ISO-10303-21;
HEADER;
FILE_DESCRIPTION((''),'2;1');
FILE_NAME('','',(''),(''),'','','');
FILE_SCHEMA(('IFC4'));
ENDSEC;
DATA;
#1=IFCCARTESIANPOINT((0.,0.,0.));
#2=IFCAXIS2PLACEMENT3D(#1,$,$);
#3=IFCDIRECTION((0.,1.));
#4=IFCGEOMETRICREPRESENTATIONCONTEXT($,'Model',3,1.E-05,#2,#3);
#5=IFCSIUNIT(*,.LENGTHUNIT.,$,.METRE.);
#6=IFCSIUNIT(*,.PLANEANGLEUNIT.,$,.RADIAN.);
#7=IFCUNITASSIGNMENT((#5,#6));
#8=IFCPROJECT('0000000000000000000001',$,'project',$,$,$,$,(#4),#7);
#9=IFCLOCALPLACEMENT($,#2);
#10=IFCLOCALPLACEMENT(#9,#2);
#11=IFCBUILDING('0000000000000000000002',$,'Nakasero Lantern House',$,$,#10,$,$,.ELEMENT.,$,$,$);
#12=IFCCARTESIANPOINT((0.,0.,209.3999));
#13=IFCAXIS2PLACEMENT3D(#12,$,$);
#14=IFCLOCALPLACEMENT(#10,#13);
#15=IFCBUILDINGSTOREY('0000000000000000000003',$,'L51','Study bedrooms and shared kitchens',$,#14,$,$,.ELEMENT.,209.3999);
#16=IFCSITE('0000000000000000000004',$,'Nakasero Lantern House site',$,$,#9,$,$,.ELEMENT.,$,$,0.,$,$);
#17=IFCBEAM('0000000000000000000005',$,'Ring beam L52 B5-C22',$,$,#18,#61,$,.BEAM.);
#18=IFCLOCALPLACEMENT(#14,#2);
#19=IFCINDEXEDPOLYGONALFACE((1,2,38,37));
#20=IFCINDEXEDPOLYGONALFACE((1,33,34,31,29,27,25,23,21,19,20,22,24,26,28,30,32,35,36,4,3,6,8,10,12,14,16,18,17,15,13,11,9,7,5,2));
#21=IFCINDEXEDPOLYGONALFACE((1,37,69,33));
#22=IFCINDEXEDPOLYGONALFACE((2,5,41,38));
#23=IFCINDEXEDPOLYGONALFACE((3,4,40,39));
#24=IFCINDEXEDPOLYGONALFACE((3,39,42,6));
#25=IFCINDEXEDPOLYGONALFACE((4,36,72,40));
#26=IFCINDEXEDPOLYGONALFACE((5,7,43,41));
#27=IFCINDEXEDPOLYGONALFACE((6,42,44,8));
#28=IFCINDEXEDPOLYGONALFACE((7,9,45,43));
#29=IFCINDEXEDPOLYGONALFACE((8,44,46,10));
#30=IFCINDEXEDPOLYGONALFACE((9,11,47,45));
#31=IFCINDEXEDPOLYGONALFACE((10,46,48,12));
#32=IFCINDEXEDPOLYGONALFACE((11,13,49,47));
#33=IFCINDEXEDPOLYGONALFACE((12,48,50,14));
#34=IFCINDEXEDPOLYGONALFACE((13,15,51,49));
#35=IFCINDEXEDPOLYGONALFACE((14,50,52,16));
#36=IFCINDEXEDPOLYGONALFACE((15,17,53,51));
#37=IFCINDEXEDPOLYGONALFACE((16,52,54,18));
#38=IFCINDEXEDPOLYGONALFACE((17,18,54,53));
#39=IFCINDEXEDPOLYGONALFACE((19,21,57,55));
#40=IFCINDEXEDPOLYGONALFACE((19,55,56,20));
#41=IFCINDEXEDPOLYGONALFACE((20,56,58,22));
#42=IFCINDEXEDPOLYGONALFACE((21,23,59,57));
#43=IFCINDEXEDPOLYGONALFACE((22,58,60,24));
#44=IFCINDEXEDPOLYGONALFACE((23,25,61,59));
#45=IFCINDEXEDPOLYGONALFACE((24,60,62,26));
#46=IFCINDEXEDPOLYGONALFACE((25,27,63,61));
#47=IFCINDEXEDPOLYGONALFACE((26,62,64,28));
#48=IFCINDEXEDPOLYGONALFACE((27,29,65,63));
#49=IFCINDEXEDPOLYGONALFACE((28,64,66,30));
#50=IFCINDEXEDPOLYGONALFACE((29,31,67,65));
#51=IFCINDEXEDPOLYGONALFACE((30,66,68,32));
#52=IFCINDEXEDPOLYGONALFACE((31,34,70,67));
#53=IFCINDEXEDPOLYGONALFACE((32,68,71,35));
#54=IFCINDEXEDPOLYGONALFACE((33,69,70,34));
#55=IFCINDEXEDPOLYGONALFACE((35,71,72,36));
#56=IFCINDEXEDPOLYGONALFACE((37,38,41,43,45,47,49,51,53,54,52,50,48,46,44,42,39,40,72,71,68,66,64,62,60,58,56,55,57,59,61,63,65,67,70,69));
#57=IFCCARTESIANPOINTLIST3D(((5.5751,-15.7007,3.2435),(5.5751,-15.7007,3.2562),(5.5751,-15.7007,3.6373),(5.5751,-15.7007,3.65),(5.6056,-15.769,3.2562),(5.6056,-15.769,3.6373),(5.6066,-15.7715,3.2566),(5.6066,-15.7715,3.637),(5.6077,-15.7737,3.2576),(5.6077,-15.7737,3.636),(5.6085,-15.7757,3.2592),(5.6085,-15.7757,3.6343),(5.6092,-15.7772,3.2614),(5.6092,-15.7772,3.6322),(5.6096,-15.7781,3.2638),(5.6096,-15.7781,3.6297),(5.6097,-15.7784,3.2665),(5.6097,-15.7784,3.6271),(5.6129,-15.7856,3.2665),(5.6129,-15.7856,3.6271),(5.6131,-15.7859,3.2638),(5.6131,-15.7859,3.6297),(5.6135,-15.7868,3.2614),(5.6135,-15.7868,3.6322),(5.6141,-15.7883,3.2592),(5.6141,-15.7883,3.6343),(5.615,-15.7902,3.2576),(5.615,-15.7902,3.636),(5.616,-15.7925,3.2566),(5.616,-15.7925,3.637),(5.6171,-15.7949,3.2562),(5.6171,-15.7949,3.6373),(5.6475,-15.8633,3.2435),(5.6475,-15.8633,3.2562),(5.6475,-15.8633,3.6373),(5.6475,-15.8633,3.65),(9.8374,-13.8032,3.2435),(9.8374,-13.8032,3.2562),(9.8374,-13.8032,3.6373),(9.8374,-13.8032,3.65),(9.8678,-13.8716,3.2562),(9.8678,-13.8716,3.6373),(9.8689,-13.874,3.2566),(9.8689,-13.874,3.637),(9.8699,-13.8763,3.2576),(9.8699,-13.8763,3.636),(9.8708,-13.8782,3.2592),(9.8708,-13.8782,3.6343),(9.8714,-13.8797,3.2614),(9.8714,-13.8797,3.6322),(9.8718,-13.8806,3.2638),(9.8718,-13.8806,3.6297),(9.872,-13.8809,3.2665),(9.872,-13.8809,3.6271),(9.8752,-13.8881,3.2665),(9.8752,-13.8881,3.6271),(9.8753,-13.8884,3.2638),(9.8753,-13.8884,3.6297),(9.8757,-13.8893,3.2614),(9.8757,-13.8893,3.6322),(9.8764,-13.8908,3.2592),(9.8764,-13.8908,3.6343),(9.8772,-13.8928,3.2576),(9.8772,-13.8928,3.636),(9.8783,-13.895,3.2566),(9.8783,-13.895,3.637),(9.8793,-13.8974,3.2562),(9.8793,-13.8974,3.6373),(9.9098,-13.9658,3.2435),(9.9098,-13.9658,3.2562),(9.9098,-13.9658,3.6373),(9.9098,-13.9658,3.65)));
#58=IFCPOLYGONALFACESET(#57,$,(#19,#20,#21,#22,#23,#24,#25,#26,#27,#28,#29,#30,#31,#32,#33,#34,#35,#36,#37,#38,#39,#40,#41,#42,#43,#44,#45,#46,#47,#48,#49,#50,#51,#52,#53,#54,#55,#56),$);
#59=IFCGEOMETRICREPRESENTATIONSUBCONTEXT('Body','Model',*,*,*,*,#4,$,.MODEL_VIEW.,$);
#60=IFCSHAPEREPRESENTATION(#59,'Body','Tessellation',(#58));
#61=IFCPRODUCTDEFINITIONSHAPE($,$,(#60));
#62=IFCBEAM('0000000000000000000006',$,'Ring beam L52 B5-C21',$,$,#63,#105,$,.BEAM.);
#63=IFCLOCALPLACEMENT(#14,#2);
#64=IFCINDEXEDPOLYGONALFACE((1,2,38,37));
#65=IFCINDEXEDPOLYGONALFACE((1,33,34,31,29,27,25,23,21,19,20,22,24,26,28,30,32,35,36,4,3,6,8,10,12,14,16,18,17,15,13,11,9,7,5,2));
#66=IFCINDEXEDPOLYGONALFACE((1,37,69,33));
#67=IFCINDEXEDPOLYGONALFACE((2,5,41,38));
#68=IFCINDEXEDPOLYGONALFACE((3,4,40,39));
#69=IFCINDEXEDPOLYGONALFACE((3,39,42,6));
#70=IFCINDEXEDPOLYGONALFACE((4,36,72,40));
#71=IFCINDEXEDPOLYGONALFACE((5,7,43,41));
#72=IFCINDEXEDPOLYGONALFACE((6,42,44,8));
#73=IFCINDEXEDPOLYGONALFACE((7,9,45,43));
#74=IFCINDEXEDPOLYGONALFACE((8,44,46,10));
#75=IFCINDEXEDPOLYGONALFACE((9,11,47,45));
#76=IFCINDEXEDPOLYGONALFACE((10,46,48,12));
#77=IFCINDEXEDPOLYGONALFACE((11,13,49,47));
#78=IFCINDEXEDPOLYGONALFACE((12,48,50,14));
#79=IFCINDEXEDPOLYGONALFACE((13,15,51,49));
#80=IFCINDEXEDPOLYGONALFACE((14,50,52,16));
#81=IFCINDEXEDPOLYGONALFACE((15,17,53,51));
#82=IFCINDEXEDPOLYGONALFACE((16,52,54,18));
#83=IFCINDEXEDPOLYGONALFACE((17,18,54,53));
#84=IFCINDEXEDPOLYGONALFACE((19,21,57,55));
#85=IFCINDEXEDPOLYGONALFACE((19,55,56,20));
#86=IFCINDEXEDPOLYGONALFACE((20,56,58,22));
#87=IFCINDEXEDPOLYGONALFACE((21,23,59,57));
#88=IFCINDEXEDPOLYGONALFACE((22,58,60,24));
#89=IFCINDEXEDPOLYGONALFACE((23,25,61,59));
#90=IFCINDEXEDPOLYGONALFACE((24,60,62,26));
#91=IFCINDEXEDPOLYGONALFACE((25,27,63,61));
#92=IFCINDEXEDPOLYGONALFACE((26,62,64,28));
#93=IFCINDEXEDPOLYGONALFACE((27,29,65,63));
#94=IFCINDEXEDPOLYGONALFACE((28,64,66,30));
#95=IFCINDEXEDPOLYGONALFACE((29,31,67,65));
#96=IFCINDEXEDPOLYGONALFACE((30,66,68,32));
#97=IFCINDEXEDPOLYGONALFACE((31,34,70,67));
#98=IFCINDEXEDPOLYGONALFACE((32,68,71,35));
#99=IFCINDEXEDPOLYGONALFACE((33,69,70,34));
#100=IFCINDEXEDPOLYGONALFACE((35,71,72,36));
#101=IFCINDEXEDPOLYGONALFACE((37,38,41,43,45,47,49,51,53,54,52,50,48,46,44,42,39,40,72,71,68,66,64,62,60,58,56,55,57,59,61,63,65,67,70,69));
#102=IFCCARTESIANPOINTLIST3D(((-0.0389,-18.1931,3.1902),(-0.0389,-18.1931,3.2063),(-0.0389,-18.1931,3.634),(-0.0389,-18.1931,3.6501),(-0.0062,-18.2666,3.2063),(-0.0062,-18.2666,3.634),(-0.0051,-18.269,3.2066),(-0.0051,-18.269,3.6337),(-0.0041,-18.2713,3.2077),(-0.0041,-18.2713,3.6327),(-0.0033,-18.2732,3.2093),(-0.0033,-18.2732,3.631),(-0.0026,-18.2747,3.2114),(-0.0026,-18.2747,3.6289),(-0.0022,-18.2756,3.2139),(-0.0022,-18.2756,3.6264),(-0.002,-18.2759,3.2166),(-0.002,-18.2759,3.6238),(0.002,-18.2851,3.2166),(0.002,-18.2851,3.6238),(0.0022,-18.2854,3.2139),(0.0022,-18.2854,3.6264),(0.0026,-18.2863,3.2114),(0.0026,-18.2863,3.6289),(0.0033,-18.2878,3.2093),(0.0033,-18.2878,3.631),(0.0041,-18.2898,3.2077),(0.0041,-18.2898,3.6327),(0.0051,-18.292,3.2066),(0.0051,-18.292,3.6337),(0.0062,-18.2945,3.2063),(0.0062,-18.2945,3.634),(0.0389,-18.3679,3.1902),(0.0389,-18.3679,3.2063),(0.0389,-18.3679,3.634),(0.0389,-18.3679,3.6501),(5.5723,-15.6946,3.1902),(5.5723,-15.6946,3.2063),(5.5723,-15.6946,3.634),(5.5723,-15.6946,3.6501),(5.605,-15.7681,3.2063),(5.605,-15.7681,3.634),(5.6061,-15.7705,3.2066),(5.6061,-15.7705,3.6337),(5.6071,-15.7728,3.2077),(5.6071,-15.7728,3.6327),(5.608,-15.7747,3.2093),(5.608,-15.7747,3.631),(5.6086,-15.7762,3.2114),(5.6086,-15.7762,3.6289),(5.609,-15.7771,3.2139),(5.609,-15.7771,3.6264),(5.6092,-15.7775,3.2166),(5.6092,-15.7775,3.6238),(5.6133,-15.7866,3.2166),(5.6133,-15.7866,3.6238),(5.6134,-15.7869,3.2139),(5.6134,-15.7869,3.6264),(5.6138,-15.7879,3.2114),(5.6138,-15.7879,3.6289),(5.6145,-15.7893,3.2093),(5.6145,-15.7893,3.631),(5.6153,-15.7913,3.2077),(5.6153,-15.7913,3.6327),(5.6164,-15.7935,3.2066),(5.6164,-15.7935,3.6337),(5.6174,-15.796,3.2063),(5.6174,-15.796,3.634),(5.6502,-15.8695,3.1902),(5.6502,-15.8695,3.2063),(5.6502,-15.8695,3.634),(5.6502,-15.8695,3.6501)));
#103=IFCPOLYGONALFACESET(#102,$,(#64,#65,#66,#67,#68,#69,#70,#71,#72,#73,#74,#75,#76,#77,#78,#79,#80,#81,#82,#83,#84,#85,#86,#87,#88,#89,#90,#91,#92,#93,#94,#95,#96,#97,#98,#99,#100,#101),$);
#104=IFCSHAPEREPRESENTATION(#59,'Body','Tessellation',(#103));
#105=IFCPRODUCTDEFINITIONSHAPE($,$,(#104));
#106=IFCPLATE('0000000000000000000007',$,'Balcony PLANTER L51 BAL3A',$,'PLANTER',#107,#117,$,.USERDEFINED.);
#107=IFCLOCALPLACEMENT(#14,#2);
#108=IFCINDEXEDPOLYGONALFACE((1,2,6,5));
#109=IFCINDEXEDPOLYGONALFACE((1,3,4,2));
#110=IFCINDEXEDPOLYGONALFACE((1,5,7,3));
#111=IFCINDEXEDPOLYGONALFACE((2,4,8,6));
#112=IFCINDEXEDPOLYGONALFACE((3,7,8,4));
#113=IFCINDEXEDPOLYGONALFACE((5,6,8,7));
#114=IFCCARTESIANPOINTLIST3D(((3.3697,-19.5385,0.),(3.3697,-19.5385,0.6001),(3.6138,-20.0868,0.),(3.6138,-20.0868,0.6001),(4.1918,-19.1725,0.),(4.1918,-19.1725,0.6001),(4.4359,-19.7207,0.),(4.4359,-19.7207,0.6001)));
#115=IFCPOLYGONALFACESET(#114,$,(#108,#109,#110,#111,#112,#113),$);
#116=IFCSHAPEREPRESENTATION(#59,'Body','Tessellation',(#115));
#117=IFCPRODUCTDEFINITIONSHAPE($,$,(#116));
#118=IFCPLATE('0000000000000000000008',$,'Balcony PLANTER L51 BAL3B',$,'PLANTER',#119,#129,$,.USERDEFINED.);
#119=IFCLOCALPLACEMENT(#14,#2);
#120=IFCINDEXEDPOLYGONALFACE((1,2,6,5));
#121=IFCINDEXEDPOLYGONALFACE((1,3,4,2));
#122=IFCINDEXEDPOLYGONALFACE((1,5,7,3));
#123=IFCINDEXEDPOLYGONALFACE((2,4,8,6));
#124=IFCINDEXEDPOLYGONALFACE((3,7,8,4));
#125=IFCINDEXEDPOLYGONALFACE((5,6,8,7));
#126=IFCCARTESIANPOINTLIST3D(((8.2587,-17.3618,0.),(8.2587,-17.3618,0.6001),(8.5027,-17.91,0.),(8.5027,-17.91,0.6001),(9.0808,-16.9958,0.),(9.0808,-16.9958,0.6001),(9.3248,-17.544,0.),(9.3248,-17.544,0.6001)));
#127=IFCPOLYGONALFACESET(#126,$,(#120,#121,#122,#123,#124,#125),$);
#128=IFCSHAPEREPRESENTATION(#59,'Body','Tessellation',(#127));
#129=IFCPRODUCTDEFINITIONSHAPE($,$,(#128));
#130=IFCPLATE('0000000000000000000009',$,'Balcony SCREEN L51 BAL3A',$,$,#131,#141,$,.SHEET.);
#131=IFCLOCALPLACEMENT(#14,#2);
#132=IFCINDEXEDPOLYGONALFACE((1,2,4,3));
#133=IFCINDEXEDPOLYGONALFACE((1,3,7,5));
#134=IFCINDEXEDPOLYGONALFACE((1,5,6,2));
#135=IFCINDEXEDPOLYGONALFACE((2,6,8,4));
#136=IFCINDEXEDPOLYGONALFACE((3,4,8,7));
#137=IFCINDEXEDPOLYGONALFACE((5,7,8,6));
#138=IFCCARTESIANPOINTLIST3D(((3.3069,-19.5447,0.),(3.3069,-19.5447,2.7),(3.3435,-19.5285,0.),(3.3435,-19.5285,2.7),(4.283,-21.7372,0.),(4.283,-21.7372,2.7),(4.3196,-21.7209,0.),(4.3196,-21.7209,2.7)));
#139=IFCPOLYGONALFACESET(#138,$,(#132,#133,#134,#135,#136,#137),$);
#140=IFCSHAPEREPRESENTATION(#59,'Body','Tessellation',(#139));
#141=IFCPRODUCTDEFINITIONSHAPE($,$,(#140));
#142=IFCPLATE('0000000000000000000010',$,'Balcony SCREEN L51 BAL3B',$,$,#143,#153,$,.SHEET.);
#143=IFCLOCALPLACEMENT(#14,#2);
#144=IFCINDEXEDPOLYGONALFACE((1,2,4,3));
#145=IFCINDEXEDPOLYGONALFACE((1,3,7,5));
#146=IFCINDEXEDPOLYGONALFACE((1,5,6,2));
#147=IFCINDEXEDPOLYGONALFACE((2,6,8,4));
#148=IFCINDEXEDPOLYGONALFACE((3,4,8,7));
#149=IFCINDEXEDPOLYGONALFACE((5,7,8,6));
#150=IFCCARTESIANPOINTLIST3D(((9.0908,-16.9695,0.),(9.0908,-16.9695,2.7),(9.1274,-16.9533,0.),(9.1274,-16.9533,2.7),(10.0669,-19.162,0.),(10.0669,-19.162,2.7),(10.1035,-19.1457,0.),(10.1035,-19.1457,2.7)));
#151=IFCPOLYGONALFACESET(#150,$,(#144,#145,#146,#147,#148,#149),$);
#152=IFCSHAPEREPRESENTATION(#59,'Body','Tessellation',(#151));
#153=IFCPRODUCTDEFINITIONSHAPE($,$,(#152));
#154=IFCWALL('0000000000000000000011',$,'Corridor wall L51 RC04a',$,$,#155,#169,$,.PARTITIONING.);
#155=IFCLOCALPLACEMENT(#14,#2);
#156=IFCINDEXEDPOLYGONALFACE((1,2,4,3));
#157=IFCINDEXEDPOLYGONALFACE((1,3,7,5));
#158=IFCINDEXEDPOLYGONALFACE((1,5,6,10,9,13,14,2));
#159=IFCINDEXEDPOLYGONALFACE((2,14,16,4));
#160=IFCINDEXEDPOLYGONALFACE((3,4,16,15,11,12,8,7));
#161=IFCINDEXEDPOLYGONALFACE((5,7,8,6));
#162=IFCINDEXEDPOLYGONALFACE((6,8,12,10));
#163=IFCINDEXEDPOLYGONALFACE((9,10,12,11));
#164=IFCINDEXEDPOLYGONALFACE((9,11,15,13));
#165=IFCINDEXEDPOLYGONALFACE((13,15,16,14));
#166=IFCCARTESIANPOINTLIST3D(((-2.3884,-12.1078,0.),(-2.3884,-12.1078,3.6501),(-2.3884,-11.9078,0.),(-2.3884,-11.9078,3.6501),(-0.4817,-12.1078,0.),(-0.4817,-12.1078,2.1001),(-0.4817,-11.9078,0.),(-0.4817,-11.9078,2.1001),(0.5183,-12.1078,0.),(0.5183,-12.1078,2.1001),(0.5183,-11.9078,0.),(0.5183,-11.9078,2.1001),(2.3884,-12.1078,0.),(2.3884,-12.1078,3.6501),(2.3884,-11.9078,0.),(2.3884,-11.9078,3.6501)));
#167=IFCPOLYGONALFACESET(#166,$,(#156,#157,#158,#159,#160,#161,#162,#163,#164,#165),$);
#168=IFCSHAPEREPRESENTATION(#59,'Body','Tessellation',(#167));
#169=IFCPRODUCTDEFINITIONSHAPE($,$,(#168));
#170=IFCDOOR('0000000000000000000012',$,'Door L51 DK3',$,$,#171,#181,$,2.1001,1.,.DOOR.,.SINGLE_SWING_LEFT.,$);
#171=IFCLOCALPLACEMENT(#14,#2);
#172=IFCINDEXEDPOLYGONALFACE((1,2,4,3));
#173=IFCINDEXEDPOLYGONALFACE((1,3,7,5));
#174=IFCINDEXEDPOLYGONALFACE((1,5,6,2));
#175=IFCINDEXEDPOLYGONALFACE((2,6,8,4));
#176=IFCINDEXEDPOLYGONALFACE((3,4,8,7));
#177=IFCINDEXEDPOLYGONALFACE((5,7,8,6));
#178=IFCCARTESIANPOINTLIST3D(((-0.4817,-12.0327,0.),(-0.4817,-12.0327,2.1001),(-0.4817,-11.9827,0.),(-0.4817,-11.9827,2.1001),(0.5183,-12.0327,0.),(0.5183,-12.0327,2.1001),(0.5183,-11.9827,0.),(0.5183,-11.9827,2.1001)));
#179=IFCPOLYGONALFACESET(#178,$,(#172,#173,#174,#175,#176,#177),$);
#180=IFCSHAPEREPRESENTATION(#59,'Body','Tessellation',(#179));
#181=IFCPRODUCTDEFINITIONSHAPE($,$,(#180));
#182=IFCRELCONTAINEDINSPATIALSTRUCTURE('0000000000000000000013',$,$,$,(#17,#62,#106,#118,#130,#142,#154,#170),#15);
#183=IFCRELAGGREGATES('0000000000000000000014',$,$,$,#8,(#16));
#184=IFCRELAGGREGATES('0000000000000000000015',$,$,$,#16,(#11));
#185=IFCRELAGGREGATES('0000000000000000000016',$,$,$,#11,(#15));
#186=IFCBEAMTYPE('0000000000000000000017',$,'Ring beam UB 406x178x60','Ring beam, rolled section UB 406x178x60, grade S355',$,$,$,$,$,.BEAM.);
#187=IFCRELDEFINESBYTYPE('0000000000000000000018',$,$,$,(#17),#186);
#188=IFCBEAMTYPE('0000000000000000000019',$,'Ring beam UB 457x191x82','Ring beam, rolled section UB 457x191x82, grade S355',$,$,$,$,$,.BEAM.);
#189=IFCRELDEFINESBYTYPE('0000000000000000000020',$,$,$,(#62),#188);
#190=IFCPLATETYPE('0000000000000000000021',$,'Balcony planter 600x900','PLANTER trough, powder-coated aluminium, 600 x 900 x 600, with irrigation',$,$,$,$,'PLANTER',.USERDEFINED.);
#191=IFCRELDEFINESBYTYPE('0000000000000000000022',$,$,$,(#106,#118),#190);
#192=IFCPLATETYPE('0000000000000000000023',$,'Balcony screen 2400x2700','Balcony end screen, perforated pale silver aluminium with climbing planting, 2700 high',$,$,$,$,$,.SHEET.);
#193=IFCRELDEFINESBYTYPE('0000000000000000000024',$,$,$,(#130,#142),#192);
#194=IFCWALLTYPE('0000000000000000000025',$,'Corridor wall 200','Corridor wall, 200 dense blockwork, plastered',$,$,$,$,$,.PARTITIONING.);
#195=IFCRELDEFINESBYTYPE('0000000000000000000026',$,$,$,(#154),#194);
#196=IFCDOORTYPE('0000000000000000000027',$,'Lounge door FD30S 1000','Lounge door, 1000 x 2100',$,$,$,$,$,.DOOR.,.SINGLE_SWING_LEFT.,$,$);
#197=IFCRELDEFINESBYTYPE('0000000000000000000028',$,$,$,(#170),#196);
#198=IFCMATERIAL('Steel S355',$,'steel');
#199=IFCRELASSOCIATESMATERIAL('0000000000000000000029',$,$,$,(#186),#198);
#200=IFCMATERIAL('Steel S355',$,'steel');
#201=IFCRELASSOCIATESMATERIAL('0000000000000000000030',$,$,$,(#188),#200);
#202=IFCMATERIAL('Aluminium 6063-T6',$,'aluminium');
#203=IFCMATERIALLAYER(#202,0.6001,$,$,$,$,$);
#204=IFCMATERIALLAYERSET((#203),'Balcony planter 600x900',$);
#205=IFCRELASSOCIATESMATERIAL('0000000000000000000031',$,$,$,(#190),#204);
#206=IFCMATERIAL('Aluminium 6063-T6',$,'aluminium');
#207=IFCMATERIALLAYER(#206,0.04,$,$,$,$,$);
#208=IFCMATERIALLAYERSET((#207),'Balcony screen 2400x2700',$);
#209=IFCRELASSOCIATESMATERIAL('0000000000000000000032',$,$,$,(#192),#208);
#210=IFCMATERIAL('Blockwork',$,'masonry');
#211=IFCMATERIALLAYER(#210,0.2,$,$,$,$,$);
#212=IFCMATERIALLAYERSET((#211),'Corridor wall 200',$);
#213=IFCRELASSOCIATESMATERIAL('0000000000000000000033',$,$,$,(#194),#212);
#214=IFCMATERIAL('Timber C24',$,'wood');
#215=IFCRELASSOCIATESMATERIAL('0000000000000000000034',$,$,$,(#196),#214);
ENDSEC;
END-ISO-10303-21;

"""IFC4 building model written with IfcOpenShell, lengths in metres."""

from ifc_helpers import new_model, si_unit, direction, frame, frame_2d, origin, origin_2d, place, context, subcontext, project, spatial, rectangle, i_section, extrude, material, layer, layer_set, material_profile, profile_set, type_object, element, fill, save


model = new_model("IFC4")

# Units and contexts
model_context = context("Model", 3, precision=1e-05, world=origin(), true_north=direction((0.0, 1.0)))
body_context = subcontext(model_context, "Body", "Model", "MODEL_VIEW")
ifc_project = project(units=[si_unit("LENGTHUNIT", "METRE"), si_unit("PLANEANGLEUNIT", "RADIAN")], contexts=[model_context])

# Site, building, storey
site_placement = place(None, origin())
site = spatial("IfcSite", under=ifc_project, at=site_placement, Name="Nakasero Lantern House site", CompositionType="ELEMENT", RefElevation=0.0)
building_placement = place(site_placement, origin())
building = spatial("IfcBuilding", under=site, at=building_placement, Name="Nakasero Lantern House", CompositionType="ELEMENT")
storey_placement = place(building_placement, frame((0.0, 0.0, 209.3999)))
storey = spatial("IfcBuildingStorey", under=building, at=storey_placement, Name="L51", Description="Study bedrooms and shared kitchens", CompositionType="ELEMENT", Elevation=209.3999)

# Beams
ifc_material_1 = material(Name="Steel S355", Category="steel")
ifc_material_profile_1 = material_profile(ifc_material_1, i_section(OverallWidth=0.178, OverallDepth=0.4065, WebThickness=0.0078, FlangeThickness=0.0127, FilletRadius=0.0103, at=origin_2d()), Name="UB 406x178x60")
ifc_profile_set_1 = profile_set([ifc_material_profile_1], Name="Steel S355")
beam_type_1 = type_object("IfcBeamType", Name="Ring beam UB 406x178x60", Description="Ring beam, rolled section UB 406x178x60, grade S355", PredefinedType="BEAM", material=ifc_profile_set_1)
beam_1_placement = place(storey_placement, frame((5.6113, -15.782, 3.4468), z_axis=(0.913561, 0.406702, 0.0), x_axis=(-0.406702, 0.913561, 0.0)))
element("IfcBeam", 1, at=beam_1_placement, inside=storey, type_object=beam_type_1, Name="Ring beam L52 B5-C22", PredefinedType="BEAM", context=body_context, shape_type="SweptSolid", body=[
    extrude(i_section(OverallWidth=0.178, OverallDepth=0.4065, WebThickness=0.0078, FlangeThickness=0.0127, FilletRadius=0.0103, at=origin_2d()), origin(), (0.0, 0.0, 1.0), 4.6655),
])
ifc_material_2 = material(Name="Steel S355", Category="steel")
ifc_material_profile_2 = material_profile(ifc_material_2, i_section(OverallWidth=0.1914, OverallDepth=0.46, WebThickness=0.01, FlangeThickness=0.0161, FilletRadius=0.0103, at=origin_2d()), Name="UB 457x191x82")
ifc_profile_set_2 = profile_set([ifc_material_profile_2], Name="Steel S355")
beam_type_2 = type_object("IfcBeamType", Name="Ring beam UB 457x191x82", Description="Ring beam, rolled section UB 457x191x82, grade S355", PredefinedType="BEAM", material=ifc_profile_set_2)
beam_2_placement = place(storey_placement, frame((0.0, -18.2805, 3.4202), z_axis=(0.913533, 0.406765, 0.0), x_axis=(-0.406765, 0.913533, 0.0)))
element("IfcBeam", 2, at=beam_2_placement, inside=storey, type_object=beam_type_2, Name="Ring beam L52 B5-C21", PredefinedType="BEAM", context=body_context, shape_type="SweptSolid", body=[
    extrude(i_section(OverallWidth=0.1914, OverallDepth=0.46, WebThickness=0.01, FlangeThickness=0.0161, FilletRadius=0.0103, at=origin_2d()), origin(), (0.0, 0.0, 1.0), 6.1423),
])

# Plates
ifc_material_3 = material(Name="Aluminium 6063-T6", Category="aluminium")
ifc_layer_1 = layer(ifc_material_3, 0.6001)
ifc_layer_set_1 = layer_set([ifc_layer_1], Name="Balcony planter 600x900")
plate_type_1 = type_object("IfcPlateType", Name="Balcony planter 600x900", Description="PLANTER trough, powder-coated aluminium, 600 x 900 x 600, with irrigation", ElementType="PLANTER", PredefinedType="USERDEFINED", material=ifc_layer_set_1)
for number, where, z_axis, x_axis, name in (
    (3, (3.9028, -19.6296, 0.0), (0.0, 0.0, 1.0), (0.406737, -0.913545, 0.0), "Balcony PLANTER L51 BAL3A"),
    (4, (8.7917, -17.4529, 0.0), (0.0, 0.0, 1.0), (0.406737, -0.913545, 0.0), "Balcony PLANTER L51 BAL3B"),
):
    element("IfcPlate", number, at=place(storey_placement, frame(where, z_axis=z_axis, x_axis=x_axis)), inside=storey, type_object=plate_type_1, Name=name, ObjectType="PLANTER", PredefinedType="USERDEFINED", context=body_context, shape_type="SweptSolid", body=[
        extrude(rectangle(XDim=0.6001, YDim=0.8999, at=origin_2d()), origin(), (0.0, 0.0, 1.0), 0.6001),
    ])
ifc_material_4 = material(Name="Aluminium 6063-T6", Category="aluminium")
ifc_layer_2 = layer(ifc_material_4, 0.04)
ifc_layer_set_2 = layer_set([ifc_layer_2], Name="Balcony screen 2400x2700")
plate_type_2 = type_object("IfcPlateType", Name="Balcony screen 2400x2700", Description="Balcony end screen, perforated pale silver aluminium with climbing planting, 2700 high", PredefinedType="SHEET", material=ifc_layer_set_2)
for number, where, z_axis, x_axis, name in (
    (5, (3.8132, -20.6328, 0.0), (0.0, 0.0, 1.0), (0.406737, -0.913545, 0.0), "Balcony SCREEN L51 BAL3A"),
    (6, (9.5972, -18.0576, 0.0), (0.0, 0.0, 1.0), (0.406737, -0.913545, 0.0), "Balcony SCREEN L51 BAL3B"),
):
    element("IfcPlate", number, at=place(storey_placement, frame(where, z_axis=z_axis, x_axis=x_axis)), inside=storey, type_object=plate_type_2, Name=name, PredefinedType="SHEET", context=body_context, shape_type="SweptSolid", body=[
        extrude(rectangle(XDim=2.3999, YDim=0.04, at=origin_2d()), origin(), (0.0, 0.0, 1.0), 2.7),
    ])

# Wall, opening, door
ifc_material_5 = material(Name="Blockwork", Category="masonry")
ifc_layer_3 = layer(ifc_material_5, 0.2)
ifc_layer_set_3 = layer_set([ifc_layer_3], Name="Corridor wall 200")
wall_type_1 = type_object("IfcWallType", Name="Corridor wall 200", Description="Corridor wall, 200 dense blockwork, plastered", PredefinedType="PARTITIONING", material=ifc_layer_set_3)
wall_1_placement = place(storey_placement, frame((2.3884, -12.0078, 0.0), z_axis=(0.0, 0.0, 1.0), x_axis=(-1.0, 0.0, 0.0)))
wall_1 = element("IfcWall", 7, at=wall_1_placement, inside=storey, type_object=wall_type_1, Name="Corridor wall L51 RC04a", PredefinedType="PARTITIONING", context=body_context, shape_type="SweptSolid", body=[
    extrude(rectangle(XDim=4.7769, YDim=0.2, at=frame_2d((2.3884, 0.0))), origin(), (0.0, 0.0, 1.0), 3.6501),
])
opening_1_placement = place(wall_1_placement, frame((1.8701, 0.0, 0.0)))
opening_1 = element("IfcOpeningElement", 8, at=opening_1_placement, cuts=wall_1, PredefinedType="OPENING", context=body_context, shape_type="SweptSolid", body=[
    extrude(rectangle(XDim=1.0, YDim=2.1001, at=frame_2d((0.5, 1.05))), frame((0.0, 0.1199, 0.0), z_axis=(0.0, -1.0, 0.0), x_axis=(1.0, 0.0, 0.0)), (0.0, 0.0, 1.0), 0.24),
])
ifc_material_6 = material(Name="Timber C24", Category="wood")
door_type_1 = type_object("IfcDoorType", Name="Lounge door FD30S 1000", Description="Lounge door, 1000 x 2100", OperationType="SINGLE_SWING_LEFT", PredefinedType="DOOR", material=ifc_material_6)
door_1_placement = place(opening_1_placement, origin())
door_1 = element("IfcDoor", 9, at=door_1_placement, inside=storey, type_object=door_type_1, Name="Door L51 DK3", OperationType="SINGLE_SWING_LEFT", OverallHeight=2.1001, OverallWidth=1.0, PredefinedType="DOOR", context=body_context, shape_type="SweptSolid", body=[
    extrude(rectangle(XDim=1.0, YDim=2.1001, at=frame_2d((0.5, 1.05))), frame((0.0, 0.0249, 0.0), z_axis=(0.0, -1.0, 0.0), x_axis=(1.0, 0.0, 0.0)), (0.0, 0.0, 1.0), 0.05),
])
fill(opening_1, door_1)

save(model, "model.ifc")
